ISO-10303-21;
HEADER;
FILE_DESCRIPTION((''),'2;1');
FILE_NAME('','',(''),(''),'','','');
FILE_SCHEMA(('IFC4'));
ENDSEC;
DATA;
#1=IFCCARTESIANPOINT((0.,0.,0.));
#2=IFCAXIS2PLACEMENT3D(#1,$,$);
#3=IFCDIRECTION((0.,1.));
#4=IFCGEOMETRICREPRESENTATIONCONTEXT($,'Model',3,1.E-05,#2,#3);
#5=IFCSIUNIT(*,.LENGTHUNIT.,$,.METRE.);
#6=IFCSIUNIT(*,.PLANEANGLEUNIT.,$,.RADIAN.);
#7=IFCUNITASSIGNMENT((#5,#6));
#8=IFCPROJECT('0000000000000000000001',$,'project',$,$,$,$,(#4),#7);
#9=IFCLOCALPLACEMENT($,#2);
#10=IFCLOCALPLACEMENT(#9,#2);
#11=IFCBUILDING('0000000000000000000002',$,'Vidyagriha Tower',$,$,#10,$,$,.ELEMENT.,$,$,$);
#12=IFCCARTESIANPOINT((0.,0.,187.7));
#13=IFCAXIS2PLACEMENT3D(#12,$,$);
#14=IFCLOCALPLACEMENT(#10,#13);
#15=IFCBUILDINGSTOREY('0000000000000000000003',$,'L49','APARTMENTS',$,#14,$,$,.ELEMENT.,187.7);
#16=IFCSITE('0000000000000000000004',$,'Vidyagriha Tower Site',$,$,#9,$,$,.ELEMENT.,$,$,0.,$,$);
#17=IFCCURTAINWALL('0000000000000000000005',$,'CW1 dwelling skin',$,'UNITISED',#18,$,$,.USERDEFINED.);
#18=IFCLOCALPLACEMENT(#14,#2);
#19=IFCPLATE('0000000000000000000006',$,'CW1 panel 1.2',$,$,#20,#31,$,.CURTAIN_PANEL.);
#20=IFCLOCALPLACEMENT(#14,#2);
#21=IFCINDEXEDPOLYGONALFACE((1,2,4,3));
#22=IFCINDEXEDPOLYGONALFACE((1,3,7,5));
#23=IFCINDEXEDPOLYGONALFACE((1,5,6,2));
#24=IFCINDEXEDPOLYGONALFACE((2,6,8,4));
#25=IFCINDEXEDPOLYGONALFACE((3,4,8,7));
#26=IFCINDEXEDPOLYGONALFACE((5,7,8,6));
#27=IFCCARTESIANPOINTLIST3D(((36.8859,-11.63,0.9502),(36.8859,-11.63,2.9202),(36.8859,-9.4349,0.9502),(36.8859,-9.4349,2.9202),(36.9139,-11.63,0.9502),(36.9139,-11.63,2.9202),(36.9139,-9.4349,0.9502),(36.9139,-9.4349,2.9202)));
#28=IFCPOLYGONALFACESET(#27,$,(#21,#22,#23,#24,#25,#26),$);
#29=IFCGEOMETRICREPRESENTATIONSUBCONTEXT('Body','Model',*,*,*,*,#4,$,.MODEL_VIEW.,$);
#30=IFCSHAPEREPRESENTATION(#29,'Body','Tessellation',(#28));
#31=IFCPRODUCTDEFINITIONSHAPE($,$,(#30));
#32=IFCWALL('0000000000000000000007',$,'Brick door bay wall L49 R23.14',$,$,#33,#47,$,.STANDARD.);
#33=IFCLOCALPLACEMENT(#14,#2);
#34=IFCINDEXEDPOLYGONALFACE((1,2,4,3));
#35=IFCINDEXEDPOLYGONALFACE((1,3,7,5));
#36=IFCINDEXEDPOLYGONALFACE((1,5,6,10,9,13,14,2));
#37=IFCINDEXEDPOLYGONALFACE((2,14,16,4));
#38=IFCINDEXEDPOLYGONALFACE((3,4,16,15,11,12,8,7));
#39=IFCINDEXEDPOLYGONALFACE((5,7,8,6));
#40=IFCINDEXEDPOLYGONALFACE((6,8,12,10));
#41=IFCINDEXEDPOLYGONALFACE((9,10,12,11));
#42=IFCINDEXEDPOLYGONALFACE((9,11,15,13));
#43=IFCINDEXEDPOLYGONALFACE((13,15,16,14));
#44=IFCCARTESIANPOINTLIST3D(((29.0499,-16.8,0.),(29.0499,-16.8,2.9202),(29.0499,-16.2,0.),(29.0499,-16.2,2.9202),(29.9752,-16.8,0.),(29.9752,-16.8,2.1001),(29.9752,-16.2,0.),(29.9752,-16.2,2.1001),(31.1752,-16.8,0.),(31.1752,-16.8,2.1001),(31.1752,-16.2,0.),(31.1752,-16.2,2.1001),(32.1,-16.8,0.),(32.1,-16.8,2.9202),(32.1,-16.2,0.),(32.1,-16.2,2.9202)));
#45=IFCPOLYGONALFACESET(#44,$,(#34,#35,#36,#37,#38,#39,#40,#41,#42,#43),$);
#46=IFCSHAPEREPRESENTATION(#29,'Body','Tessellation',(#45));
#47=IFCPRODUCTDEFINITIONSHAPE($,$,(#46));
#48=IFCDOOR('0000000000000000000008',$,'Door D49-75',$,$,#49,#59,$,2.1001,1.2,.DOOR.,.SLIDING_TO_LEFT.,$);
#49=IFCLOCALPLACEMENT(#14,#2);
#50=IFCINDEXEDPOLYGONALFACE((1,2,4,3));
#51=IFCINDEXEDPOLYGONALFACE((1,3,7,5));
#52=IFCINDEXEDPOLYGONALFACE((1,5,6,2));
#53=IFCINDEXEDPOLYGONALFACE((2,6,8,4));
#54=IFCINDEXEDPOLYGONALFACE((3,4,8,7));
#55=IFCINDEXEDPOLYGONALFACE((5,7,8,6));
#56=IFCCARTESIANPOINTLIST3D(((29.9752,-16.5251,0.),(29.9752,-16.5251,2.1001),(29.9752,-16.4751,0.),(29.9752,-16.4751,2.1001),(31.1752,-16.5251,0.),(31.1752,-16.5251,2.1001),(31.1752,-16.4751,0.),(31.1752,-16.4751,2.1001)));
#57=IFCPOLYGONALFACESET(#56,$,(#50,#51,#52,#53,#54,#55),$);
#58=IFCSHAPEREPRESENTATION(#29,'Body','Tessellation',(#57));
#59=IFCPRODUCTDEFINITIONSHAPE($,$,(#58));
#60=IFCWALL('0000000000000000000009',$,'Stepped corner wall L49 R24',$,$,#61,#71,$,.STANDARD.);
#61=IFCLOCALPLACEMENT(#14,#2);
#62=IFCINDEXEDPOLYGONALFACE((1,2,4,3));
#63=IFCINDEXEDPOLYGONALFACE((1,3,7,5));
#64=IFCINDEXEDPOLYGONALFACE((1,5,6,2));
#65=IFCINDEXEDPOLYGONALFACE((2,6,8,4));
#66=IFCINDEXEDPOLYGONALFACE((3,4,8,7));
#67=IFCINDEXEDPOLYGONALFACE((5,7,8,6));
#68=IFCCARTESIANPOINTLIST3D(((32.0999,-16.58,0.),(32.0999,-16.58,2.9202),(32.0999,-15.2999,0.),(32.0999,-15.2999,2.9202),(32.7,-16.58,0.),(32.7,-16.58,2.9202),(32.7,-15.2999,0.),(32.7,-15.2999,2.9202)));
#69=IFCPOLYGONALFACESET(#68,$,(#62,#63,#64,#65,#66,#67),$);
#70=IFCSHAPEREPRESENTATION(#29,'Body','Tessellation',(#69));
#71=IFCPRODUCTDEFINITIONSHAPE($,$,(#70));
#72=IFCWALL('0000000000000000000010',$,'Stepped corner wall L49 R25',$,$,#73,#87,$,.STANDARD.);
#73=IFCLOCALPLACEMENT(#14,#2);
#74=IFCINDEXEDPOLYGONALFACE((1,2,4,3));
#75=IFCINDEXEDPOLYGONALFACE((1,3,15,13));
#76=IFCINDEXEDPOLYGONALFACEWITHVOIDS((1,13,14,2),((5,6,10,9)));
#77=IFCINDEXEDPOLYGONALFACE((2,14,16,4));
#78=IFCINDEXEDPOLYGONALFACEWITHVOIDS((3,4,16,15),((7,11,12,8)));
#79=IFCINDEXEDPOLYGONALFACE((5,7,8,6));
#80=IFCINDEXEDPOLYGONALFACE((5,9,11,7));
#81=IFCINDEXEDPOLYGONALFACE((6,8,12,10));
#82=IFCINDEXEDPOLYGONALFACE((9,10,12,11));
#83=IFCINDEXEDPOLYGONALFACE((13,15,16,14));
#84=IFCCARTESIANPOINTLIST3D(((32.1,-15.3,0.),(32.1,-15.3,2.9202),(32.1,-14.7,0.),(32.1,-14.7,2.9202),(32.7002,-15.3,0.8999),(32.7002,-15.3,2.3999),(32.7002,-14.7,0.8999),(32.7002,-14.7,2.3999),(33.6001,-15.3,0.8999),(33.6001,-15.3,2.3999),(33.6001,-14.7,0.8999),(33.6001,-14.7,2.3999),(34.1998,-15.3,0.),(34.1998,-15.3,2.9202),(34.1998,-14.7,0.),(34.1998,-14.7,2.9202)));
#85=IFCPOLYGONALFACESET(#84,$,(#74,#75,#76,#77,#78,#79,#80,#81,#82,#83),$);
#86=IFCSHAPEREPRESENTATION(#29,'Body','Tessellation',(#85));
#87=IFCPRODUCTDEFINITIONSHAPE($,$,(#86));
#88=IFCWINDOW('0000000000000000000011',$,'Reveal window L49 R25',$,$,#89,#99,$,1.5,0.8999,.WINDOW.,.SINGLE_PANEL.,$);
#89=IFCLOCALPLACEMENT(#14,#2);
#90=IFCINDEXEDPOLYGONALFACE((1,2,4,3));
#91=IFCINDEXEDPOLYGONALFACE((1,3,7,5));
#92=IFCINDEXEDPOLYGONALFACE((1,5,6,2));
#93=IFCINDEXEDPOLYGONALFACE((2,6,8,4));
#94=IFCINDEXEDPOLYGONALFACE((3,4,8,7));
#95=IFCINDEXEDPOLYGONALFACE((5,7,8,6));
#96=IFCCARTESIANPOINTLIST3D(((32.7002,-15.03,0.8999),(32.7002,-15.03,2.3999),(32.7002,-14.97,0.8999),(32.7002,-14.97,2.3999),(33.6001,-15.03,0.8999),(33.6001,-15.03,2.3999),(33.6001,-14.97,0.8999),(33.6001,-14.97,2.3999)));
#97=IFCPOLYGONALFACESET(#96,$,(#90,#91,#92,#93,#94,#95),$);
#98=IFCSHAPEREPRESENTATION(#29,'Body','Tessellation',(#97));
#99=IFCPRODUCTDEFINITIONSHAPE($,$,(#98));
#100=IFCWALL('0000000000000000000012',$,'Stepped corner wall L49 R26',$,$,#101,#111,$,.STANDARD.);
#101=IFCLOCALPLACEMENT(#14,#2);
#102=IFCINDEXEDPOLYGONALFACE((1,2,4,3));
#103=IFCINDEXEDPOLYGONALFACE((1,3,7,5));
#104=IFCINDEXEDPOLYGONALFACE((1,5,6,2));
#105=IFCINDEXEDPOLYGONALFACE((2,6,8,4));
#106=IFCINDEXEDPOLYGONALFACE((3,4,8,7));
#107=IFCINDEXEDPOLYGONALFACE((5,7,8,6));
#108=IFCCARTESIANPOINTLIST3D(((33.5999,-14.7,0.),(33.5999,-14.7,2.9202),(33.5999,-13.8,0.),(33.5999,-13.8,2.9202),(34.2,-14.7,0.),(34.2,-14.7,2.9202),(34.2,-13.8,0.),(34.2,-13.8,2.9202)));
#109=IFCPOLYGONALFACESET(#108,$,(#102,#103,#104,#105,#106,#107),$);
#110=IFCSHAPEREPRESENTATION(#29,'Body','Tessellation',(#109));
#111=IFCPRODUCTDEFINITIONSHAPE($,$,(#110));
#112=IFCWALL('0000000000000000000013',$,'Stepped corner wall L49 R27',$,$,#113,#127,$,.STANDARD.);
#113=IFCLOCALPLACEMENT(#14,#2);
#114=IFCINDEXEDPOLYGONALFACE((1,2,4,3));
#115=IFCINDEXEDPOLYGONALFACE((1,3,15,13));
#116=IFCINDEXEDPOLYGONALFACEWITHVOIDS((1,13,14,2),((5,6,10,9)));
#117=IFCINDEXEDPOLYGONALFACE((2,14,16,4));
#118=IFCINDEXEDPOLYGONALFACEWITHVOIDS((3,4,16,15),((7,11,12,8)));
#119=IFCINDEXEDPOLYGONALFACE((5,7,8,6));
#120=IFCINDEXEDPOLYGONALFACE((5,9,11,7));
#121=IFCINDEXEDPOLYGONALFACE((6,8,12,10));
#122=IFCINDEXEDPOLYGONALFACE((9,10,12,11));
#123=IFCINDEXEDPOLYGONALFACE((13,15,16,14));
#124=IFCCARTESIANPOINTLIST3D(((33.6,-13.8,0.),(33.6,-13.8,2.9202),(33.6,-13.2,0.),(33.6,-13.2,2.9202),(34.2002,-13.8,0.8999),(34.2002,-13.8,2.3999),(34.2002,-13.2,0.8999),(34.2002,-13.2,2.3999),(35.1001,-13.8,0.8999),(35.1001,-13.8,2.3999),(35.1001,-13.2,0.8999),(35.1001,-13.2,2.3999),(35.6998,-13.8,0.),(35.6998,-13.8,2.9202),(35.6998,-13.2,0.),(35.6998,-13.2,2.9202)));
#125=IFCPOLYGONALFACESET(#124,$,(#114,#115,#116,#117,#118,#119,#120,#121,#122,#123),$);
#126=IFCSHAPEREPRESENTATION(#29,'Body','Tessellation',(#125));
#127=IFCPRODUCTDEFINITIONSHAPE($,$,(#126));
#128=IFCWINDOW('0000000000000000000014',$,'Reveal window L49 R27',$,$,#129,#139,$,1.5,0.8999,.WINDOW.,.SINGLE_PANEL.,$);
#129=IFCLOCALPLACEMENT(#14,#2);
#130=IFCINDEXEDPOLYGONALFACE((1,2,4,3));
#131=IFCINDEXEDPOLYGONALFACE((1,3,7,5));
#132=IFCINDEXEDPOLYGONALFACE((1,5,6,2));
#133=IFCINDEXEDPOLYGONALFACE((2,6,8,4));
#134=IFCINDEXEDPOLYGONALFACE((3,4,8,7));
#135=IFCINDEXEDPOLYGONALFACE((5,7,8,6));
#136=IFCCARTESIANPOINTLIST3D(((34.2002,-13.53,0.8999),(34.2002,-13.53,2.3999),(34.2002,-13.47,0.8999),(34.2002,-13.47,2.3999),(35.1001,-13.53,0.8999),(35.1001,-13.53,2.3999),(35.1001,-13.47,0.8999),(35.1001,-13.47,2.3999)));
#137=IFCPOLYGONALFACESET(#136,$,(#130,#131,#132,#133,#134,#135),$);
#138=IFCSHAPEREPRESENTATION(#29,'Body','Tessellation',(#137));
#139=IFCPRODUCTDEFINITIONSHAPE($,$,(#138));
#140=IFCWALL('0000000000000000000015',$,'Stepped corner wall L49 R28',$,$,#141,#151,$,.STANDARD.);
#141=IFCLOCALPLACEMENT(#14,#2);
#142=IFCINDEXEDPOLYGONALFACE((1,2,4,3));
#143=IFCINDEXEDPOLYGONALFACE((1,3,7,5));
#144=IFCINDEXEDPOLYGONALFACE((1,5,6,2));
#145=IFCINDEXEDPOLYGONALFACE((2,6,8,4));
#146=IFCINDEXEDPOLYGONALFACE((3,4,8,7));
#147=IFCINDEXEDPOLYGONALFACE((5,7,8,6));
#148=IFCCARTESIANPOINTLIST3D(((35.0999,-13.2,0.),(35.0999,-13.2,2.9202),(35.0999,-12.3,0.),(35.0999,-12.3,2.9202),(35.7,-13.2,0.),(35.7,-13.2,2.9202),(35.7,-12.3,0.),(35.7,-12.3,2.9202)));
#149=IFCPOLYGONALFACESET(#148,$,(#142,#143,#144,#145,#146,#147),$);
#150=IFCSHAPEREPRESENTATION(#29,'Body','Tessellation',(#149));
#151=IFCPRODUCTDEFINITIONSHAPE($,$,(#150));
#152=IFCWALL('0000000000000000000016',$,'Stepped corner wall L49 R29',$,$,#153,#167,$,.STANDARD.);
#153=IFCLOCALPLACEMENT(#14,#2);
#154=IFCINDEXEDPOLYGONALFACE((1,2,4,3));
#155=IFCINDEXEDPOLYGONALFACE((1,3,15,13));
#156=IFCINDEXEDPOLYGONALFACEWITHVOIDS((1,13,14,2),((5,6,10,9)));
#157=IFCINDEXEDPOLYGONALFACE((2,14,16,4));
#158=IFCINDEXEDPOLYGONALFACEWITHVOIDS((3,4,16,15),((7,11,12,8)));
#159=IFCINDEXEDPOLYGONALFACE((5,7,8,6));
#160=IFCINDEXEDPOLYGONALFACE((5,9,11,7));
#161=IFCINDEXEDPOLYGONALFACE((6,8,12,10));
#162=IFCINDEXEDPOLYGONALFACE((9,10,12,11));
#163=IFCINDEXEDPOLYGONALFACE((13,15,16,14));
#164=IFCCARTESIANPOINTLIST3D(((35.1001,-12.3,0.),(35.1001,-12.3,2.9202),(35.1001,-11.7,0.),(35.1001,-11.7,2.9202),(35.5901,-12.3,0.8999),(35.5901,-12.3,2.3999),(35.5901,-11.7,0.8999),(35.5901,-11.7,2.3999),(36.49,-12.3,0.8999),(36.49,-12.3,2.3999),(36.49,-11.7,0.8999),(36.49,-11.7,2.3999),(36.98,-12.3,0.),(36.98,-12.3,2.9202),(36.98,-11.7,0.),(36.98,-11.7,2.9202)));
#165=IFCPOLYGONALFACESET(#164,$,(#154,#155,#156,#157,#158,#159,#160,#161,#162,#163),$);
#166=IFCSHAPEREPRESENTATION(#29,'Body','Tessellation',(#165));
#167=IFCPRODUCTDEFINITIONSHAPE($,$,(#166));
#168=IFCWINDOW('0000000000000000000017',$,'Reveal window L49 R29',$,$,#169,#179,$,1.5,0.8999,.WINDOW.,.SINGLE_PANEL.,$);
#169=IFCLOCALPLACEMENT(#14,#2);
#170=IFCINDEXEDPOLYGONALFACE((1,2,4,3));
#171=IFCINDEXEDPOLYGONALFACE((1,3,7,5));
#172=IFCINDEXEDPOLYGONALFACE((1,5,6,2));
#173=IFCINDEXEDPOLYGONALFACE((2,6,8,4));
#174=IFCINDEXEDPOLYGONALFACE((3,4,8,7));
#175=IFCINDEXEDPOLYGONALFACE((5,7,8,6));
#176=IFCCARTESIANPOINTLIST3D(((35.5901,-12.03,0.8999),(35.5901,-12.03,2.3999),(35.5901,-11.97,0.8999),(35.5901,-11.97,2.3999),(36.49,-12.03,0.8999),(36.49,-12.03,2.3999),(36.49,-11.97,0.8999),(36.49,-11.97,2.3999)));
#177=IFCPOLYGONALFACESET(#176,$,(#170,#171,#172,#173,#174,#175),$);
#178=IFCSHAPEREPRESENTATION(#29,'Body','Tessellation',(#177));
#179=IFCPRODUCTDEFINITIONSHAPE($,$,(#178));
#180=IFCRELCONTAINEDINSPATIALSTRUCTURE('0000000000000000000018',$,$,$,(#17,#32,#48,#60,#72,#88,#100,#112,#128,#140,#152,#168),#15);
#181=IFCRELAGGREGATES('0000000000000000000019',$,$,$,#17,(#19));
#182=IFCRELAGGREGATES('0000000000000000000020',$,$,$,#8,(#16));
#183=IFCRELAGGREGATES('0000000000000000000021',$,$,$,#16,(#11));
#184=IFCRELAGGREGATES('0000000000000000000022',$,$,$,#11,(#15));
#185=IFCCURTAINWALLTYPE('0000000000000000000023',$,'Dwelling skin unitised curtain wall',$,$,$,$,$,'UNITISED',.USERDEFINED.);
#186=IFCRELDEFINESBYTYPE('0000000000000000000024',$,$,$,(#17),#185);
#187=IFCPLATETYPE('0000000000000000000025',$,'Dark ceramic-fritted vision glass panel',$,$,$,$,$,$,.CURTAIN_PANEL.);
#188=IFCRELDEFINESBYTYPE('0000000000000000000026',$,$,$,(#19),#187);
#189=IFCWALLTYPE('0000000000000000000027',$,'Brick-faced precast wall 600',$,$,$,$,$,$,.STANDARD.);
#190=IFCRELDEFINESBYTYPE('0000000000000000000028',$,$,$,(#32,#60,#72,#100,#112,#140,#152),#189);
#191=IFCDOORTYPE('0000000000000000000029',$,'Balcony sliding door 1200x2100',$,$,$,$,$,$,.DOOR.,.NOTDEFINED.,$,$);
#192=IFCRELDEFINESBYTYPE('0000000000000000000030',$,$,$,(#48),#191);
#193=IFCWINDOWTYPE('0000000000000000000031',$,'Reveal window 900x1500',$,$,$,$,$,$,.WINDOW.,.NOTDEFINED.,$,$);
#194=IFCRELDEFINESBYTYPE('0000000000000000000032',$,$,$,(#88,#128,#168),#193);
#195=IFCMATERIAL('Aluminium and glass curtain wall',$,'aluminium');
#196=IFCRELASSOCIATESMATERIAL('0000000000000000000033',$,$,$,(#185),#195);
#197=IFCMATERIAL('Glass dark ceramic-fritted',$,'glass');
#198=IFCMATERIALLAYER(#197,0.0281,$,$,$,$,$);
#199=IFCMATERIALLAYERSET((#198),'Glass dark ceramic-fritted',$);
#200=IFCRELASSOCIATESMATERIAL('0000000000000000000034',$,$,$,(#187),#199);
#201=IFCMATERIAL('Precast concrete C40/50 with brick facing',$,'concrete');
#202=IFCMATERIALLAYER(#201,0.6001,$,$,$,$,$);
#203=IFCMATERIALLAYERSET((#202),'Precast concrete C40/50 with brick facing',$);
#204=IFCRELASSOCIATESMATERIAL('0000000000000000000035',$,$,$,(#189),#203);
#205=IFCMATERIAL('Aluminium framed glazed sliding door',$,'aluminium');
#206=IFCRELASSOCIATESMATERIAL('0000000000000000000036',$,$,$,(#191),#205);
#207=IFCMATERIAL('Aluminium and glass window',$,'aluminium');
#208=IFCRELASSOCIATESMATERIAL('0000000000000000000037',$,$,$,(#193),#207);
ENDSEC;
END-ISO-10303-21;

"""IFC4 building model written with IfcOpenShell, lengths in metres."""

from ifc_helpers import new_model, si_unit, direction, frame, frame_2d, origin, origin_2d, place, context, subcontext, project, spatial, rectangle, extrude, material, layer, layer_set, type_object, element, fill, aggregate, save


model = new_model("IFC4")

# Units and contexts
model_context = context("Model", 3, precision=1e-05, world=origin(), true_north=direction((0.0, 1.0)))
body_context = subcontext(model_context, "Body", "Model", "MODEL_VIEW")
ifc_project = project(units=[si_unit("LENGTHUNIT", "METRE"), si_unit("PLANEANGLEUNIT", "RADIAN")], contexts=[model_context])

# Site, building, storey
site_placement = place(None, origin())
site = spatial("IfcSite", under=ifc_project, at=site_placement, Name="Vidyagriha Tower Site", CompositionType="ELEMENT", RefElevation=0.0)
building_placement = place(site_placement, origin())
building = spatial("IfcBuilding", under=site, at=building_placement, Name="Vidyagriha Tower", CompositionType="ELEMENT")
storey_placement = place(building_placement, frame((0.0, 0.0, 187.7)))
storey = spatial("IfcBuildingStorey", under=building, at=storey_placement, Name="L49", Description="APARTMENTS", CompositionType="ELEMENT", Elevation=187.7)

# Curtain wall
ifc_material_1 = material(Name="Aluminium and glass curtain wall", Category="aluminium")
curtain_wall_type = type_object("IfcCurtainWallType", Name="Dwelling skin unitised curtain wall", ElementType="UNITISED", PredefinedType="USERDEFINED", material=ifc_material_1)
curtain_wall_1_placement = place(storey_placement, origin())
curtain_wall_1 = element("IfcCurtainWall", 1, at=curtain_wall_1_placement, inside=storey, type_object=curtain_wall_type, Name="CW1 dwelling skin", ObjectType="UNITISED", PredefinedType="USERDEFINED")

# Plate
ifc_material_2 = material(Name="Glass dark ceramic-fritted", Category="glass")
ifc_layer_1 = layer(ifc_material_2, 0.0281)
ifc_layer_set_1 = layer_set([ifc_layer_1], Name="Glass dark ceramic-fritted")
plate_type_1 = type_object("IfcPlateType", Name="Dark ceramic-fritted vision glass panel", PredefinedType="CURTAIN_PANEL", material=ifc_layer_set_1)
plate_1_placement = place(storey_placement, frame((36.8999, -10.5325, 0.9502), z_axis=(0.0, 0.0, 1.0), x_axis=(0.0, 1.0, 0.0)))
plate_1 = element("IfcPlate", 2, at=plate_1_placement, type_object=plate_type_1, Name="CW1 panel 1.2", PredefinedType="CURTAIN_PANEL", context=body_context, shape_type="SweptSolid", body=[
    extrude(rectangle(XDim=2.1951, YDim=0.0281, at=origin_2d()), origin(), (0.0, 0.0, 1.0), 1.97),
])
aggregate(curtain_wall_1, [plate_1])

# Wall, opening, door
ifc_material_3 = material(Name="Precast concrete C40/50 with brick facing", Category="concrete")
ifc_layer_2 = layer(ifc_material_3, 0.6001)
ifc_layer_set_2 = layer_set([ifc_layer_2], Name="Precast concrete C40/50 with brick facing")
wall_type = type_object("IfcWallType", Name="Brick-faced precast wall 600", PredefinedType="STANDARD", material=ifc_layer_set_2)
wall_1_placement = place(storey_placement, frame((29.05, -16.5, 0.0)))
wall_1 = element("IfcWall", 3, at=wall_1_placement, inside=storey, type_object=wall_type, Name="Brick door bay wall L49 R23.14", PredefinedType="STANDARD", context=body_context, shape_type="SweptSolid", body=[
    extrude(rectangle(XDim=3.05, YDim=0.6001, at=frame_2d((1.5249, 0.0))), origin(), (0.0, 0.0, 1.0), 2.9202),
])
opening_1_placement = place(wall_1_placement, frame((0.925, 0.0, 0.0)))
opening_1 = element("IfcOpeningElement", 4, at=opening_1_placement, cuts=wall_1, PredefinedType="OPENING", context=body_context, shape_type="SweptSolid", body=[
    extrude(rectangle(XDim=1.2, YDim=2.1001, at=frame_2d((0.6001, 1.05))), frame((0.0, 0.3101, 0.0), z_axis=(0.0, -1.0, 0.0), x_axis=(1.0, 0.0, 0.0)), (0.0, 0.0, 1.0), 0.6201),
])
ifc_material_4 = material(Name="Aluminium framed glazed sliding door", Category="aluminium")
door_type = type_object("IfcDoorType", Name="Balcony sliding door 1200x2100", OperationType="NOTDEFINED", PredefinedType="DOOR", material=ifc_material_4)
door_placement = place(opening_1_placement, origin())
door = element("IfcDoor", 5, at=door_placement, inside=storey, type_object=door_type, Name="Door D49-75", OperationType="SLIDING_TO_LEFT", OverallHeight=2.1001, OverallWidth=1.2, PredefinedType="DOOR", context=body_context, shape_type="SweptSolid", body=[
    extrude(rectangle(XDim=1.2, YDim=2.1001, at=frame_2d((0.6001, 1.05))), frame((0.0, 0.0249, 0.0), z_axis=(0.0, -1.0, 0.0), x_axis=(1.0, 0.0, 0.0)), (0.0, 0.0, 1.0), 0.05),
])
fill(opening_1, door)

# Wall
wall_2_placement = place(storey_placement, frame((32.3999, -16.5801, 0.0), z_axis=(0.0, 0.0, 1.0), x_axis=(0.0, 1.0, 0.0)))
element("IfcWall", 6, at=wall_2_placement, inside=storey, type_object=wall_type, Name="Stepped corner wall L49 R24", PredefinedType="STANDARD", context=body_context, shape_type="SweptSolid", body=[
    extrude(rectangle(XDim=1.28, YDim=0.6001, at=frame_2d((0.6401, 0.0))), origin(), (0.0, 0.0, 1.0), 2.9202),
])

# Wall, opening, window
wall_3_placement = place(storey_placement, frame((32.1001, -15.0, 0.0)))
wall_3 = element("IfcWall", 7, at=wall_3_placement, inside=storey, type_object=wall_type, Name="Stepped corner wall L49 R25", PredefinedType="STANDARD", context=body_context, shape_type="SweptSolid", body=[
    extrude(rectangle(XDim=2.0999, YDim=0.6001, at=frame_2d((1.0498, 0.0))), origin(), (0.0, 0.0, 1.0), 2.9202),
])
opening_2_placement = place(wall_3_placement, frame((0.6001, 0.0, 0.8999)))
opening_2 = element("IfcOpeningElement", 8, at=opening_2_placement, cuts=wall_3, PredefinedType="OPENING", context=body_context, shape_type="SweptSolid", body=[
    extrude(rectangle(XDim=0.8999, YDim=1.5, at=frame_2d((0.45, 0.75))), frame((0.0, 0.3101, 0.0), z_axis=(0.0, -1.0, 0.0), x_axis=(1.0, 0.0, 0.0)), (0.0, 0.0, 1.0), 0.6201),
])
ifc_material_5 = material(Name="Aluminium and glass window", Category="aluminium")
window_type = type_object("IfcWindowType", Name="Reveal window 900x1500", PartitioningType="NOTDEFINED", PredefinedType="WINDOW", material=ifc_material_5)
window_1_placement = place(opening_2_placement, origin())
window_1 = element("IfcWindow", 9, at=window_1_placement, inside=storey, type_object=window_type, Name="Reveal window L49 R25", OverallHeight=1.5, OverallWidth=0.8999, PartitioningType="SINGLE_PANEL", PredefinedType="WINDOW", context=body_context, shape_type="SweptSolid", body=[
    extrude(rectangle(XDim=0.8999, YDim=1.5, at=frame_2d((0.45, 0.75))), frame((0.0, 0.03, 0.0), z_axis=(0.0, -1.0, 0.0), x_axis=(1.0, 0.0, 0.0)), (0.0, 0.0, 1.0), 0.0601),
])
fill(opening_2, window_1)

# Wall
wall_4_placement = place(storey_placement, frame((33.8999, -14.7, 0.0), z_axis=(0.0, 0.0, 1.0), x_axis=(0.0, 1.0, 0.0)))
element("IfcWall", 10, at=wall_4_placement, inside=storey, type_object=wall_type, Name="Stepped corner wall L49 R26", PredefinedType="STANDARD", context=body_context, shape_type="SweptSolid", body=[
    extrude(rectangle(XDim=0.8999, YDim=0.6001, at=frame_2d((0.45, 0.0))), origin(), (0.0, 0.0, 1.0), 2.9202),
])

# Wall, opening, window
wall_5_placement = place(storey_placement, frame((33.6001, -13.5, 0.0)))
wall_5 = element("IfcWall", 11, at=wall_5_placement, inside=storey, type_object=wall_type, Name="Stepped corner wall L49 R27", PredefinedType="STANDARD", context=body_context, shape_type="SweptSolid", body=[
    extrude(rectangle(XDim=2.0999, YDim=0.6001, at=frame_2d((1.0498, 0.0))), origin(), (0.0, 0.0, 1.0), 2.9202),
])
opening_3_placement = place(wall_5_placement, frame((0.6001, 0.0, 0.8999)))
opening_3 = element("IfcOpeningElement", 12, at=opening_3_placement, cuts=wall_5, PredefinedType="OPENING", context=body_context, shape_type="SweptSolid", body=[
    extrude(rectangle(XDim=0.8999, YDim=1.5, at=frame_2d((0.45, 0.75))), frame((0.0, 0.3101, 0.0), z_axis=(0.0, -1.0, 0.0), x_axis=(1.0, 0.0, 0.0)), (0.0, 0.0, 1.0), 0.6201),
])
window_2_placement = place(opening_3_placement, origin())
window_2 = element("IfcWindow", 13, at=window_2_placement, inside=storey, type_object=window_type, Name="Reveal window L49 R27", OverallHeight=1.5, OverallWidth=0.8999, PartitioningType="SINGLE_PANEL", PredefinedType="WINDOW", context=body_context, shape_type="SweptSolid", body=[
    extrude(rectangle(XDim=0.8999, YDim=1.5, at=frame_2d((0.45, 0.75))), frame((0.0, 0.03, 0.0), z_axis=(0.0, -1.0, 0.0), x_axis=(1.0, 0.0, 0.0)), (0.0, 0.0, 1.0), 0.0601),
])
fill(opening_3, window_2)

# Wall
wall_6_placement = place(storey_placement, frame((35.3999, -13.2, 0.0), z_axis=(0.0, 0.0, 1.0), x_axis=(0.0, 1.0, 0.0)))
element("IfcWall", 14, at=wall_6_placement, inside=storey, type_object=wall_type, Name="Stepped corner wall L49 R28", PredefinedType="STANDARD", context=body_context, shape_type="SweptSolid", body=[
    extrude(rectangle(XDim=0.8999, YDim=0.6001, at=frame_2d((0.45, 0.0))), origin(), (0.0, 0.0, 1.0), 2.9202),
])

# Wall, opening, window
wall_7_placement = place(storey_placement, frame((35.1001, -12.0, 0.0)))
wall_7 = element("IfcWall", 15, at=wall_7_placement, inside=storey, type_object=wall_type, Name="Stepped corner wall L49 R29", PredefinedType="STANDARD", context=body_context, shape_type="SweptSolid", body=[
    extrude(rectangle(XDim=1.8799, YDim=0.6001, at=frame_2d((0.9399, 0.0))), origin(), (0.0, 0.0, 1.0), 2.9202),
])
opening_4_placement = place(wall_7_placement, frame((0.49, 0.0, 0.8999)))
opening_4 = element("IfcOpeningElement", 16, at=opening_4_placement, cuts=wall_7, PredefinedType="OPENING", context=body_context, shape_type="SweptSolid", body=[
    extrude(rectangle(XDim=0.8999, YDim=1.5, at=frame_2d((0.45, 0.75))), frame((0.0, 0.3101, 0.0), z_axis=(0.0, -1.0, 0.0), x_axis=(1.0, 0.0, 0.0)), (0.0, 0.0, 1.0), 0.6201),
])
window_3_placement = place(opening_4_placement, origin())
window_3 = element("IfcWindow", 17, at=window_3_placement, inside=storey, type_object=window_type, Name="Reveal window L49 R29", OverallHeight=1.5, OverallWidth=0.8999, PartitioningType="SINGLE_PANEL", PredefinedType="WINDOW", context=body_context, shape_type="SweptSolid", body=[
    extrude(rectangle(XDim=0.8999, YDim=1.5, at=frame_2d((0.45, 0.75))), frame((0.0, 0.03, 0.0), z_axis=(0.0, -1.0, 0.0), x_axis=(1.0, 0.0, 0.0)), (0.0, 0.0, 1.0), 0.0601),
])
fill(opening_4, window_3)

save(model, "model.ifc")
